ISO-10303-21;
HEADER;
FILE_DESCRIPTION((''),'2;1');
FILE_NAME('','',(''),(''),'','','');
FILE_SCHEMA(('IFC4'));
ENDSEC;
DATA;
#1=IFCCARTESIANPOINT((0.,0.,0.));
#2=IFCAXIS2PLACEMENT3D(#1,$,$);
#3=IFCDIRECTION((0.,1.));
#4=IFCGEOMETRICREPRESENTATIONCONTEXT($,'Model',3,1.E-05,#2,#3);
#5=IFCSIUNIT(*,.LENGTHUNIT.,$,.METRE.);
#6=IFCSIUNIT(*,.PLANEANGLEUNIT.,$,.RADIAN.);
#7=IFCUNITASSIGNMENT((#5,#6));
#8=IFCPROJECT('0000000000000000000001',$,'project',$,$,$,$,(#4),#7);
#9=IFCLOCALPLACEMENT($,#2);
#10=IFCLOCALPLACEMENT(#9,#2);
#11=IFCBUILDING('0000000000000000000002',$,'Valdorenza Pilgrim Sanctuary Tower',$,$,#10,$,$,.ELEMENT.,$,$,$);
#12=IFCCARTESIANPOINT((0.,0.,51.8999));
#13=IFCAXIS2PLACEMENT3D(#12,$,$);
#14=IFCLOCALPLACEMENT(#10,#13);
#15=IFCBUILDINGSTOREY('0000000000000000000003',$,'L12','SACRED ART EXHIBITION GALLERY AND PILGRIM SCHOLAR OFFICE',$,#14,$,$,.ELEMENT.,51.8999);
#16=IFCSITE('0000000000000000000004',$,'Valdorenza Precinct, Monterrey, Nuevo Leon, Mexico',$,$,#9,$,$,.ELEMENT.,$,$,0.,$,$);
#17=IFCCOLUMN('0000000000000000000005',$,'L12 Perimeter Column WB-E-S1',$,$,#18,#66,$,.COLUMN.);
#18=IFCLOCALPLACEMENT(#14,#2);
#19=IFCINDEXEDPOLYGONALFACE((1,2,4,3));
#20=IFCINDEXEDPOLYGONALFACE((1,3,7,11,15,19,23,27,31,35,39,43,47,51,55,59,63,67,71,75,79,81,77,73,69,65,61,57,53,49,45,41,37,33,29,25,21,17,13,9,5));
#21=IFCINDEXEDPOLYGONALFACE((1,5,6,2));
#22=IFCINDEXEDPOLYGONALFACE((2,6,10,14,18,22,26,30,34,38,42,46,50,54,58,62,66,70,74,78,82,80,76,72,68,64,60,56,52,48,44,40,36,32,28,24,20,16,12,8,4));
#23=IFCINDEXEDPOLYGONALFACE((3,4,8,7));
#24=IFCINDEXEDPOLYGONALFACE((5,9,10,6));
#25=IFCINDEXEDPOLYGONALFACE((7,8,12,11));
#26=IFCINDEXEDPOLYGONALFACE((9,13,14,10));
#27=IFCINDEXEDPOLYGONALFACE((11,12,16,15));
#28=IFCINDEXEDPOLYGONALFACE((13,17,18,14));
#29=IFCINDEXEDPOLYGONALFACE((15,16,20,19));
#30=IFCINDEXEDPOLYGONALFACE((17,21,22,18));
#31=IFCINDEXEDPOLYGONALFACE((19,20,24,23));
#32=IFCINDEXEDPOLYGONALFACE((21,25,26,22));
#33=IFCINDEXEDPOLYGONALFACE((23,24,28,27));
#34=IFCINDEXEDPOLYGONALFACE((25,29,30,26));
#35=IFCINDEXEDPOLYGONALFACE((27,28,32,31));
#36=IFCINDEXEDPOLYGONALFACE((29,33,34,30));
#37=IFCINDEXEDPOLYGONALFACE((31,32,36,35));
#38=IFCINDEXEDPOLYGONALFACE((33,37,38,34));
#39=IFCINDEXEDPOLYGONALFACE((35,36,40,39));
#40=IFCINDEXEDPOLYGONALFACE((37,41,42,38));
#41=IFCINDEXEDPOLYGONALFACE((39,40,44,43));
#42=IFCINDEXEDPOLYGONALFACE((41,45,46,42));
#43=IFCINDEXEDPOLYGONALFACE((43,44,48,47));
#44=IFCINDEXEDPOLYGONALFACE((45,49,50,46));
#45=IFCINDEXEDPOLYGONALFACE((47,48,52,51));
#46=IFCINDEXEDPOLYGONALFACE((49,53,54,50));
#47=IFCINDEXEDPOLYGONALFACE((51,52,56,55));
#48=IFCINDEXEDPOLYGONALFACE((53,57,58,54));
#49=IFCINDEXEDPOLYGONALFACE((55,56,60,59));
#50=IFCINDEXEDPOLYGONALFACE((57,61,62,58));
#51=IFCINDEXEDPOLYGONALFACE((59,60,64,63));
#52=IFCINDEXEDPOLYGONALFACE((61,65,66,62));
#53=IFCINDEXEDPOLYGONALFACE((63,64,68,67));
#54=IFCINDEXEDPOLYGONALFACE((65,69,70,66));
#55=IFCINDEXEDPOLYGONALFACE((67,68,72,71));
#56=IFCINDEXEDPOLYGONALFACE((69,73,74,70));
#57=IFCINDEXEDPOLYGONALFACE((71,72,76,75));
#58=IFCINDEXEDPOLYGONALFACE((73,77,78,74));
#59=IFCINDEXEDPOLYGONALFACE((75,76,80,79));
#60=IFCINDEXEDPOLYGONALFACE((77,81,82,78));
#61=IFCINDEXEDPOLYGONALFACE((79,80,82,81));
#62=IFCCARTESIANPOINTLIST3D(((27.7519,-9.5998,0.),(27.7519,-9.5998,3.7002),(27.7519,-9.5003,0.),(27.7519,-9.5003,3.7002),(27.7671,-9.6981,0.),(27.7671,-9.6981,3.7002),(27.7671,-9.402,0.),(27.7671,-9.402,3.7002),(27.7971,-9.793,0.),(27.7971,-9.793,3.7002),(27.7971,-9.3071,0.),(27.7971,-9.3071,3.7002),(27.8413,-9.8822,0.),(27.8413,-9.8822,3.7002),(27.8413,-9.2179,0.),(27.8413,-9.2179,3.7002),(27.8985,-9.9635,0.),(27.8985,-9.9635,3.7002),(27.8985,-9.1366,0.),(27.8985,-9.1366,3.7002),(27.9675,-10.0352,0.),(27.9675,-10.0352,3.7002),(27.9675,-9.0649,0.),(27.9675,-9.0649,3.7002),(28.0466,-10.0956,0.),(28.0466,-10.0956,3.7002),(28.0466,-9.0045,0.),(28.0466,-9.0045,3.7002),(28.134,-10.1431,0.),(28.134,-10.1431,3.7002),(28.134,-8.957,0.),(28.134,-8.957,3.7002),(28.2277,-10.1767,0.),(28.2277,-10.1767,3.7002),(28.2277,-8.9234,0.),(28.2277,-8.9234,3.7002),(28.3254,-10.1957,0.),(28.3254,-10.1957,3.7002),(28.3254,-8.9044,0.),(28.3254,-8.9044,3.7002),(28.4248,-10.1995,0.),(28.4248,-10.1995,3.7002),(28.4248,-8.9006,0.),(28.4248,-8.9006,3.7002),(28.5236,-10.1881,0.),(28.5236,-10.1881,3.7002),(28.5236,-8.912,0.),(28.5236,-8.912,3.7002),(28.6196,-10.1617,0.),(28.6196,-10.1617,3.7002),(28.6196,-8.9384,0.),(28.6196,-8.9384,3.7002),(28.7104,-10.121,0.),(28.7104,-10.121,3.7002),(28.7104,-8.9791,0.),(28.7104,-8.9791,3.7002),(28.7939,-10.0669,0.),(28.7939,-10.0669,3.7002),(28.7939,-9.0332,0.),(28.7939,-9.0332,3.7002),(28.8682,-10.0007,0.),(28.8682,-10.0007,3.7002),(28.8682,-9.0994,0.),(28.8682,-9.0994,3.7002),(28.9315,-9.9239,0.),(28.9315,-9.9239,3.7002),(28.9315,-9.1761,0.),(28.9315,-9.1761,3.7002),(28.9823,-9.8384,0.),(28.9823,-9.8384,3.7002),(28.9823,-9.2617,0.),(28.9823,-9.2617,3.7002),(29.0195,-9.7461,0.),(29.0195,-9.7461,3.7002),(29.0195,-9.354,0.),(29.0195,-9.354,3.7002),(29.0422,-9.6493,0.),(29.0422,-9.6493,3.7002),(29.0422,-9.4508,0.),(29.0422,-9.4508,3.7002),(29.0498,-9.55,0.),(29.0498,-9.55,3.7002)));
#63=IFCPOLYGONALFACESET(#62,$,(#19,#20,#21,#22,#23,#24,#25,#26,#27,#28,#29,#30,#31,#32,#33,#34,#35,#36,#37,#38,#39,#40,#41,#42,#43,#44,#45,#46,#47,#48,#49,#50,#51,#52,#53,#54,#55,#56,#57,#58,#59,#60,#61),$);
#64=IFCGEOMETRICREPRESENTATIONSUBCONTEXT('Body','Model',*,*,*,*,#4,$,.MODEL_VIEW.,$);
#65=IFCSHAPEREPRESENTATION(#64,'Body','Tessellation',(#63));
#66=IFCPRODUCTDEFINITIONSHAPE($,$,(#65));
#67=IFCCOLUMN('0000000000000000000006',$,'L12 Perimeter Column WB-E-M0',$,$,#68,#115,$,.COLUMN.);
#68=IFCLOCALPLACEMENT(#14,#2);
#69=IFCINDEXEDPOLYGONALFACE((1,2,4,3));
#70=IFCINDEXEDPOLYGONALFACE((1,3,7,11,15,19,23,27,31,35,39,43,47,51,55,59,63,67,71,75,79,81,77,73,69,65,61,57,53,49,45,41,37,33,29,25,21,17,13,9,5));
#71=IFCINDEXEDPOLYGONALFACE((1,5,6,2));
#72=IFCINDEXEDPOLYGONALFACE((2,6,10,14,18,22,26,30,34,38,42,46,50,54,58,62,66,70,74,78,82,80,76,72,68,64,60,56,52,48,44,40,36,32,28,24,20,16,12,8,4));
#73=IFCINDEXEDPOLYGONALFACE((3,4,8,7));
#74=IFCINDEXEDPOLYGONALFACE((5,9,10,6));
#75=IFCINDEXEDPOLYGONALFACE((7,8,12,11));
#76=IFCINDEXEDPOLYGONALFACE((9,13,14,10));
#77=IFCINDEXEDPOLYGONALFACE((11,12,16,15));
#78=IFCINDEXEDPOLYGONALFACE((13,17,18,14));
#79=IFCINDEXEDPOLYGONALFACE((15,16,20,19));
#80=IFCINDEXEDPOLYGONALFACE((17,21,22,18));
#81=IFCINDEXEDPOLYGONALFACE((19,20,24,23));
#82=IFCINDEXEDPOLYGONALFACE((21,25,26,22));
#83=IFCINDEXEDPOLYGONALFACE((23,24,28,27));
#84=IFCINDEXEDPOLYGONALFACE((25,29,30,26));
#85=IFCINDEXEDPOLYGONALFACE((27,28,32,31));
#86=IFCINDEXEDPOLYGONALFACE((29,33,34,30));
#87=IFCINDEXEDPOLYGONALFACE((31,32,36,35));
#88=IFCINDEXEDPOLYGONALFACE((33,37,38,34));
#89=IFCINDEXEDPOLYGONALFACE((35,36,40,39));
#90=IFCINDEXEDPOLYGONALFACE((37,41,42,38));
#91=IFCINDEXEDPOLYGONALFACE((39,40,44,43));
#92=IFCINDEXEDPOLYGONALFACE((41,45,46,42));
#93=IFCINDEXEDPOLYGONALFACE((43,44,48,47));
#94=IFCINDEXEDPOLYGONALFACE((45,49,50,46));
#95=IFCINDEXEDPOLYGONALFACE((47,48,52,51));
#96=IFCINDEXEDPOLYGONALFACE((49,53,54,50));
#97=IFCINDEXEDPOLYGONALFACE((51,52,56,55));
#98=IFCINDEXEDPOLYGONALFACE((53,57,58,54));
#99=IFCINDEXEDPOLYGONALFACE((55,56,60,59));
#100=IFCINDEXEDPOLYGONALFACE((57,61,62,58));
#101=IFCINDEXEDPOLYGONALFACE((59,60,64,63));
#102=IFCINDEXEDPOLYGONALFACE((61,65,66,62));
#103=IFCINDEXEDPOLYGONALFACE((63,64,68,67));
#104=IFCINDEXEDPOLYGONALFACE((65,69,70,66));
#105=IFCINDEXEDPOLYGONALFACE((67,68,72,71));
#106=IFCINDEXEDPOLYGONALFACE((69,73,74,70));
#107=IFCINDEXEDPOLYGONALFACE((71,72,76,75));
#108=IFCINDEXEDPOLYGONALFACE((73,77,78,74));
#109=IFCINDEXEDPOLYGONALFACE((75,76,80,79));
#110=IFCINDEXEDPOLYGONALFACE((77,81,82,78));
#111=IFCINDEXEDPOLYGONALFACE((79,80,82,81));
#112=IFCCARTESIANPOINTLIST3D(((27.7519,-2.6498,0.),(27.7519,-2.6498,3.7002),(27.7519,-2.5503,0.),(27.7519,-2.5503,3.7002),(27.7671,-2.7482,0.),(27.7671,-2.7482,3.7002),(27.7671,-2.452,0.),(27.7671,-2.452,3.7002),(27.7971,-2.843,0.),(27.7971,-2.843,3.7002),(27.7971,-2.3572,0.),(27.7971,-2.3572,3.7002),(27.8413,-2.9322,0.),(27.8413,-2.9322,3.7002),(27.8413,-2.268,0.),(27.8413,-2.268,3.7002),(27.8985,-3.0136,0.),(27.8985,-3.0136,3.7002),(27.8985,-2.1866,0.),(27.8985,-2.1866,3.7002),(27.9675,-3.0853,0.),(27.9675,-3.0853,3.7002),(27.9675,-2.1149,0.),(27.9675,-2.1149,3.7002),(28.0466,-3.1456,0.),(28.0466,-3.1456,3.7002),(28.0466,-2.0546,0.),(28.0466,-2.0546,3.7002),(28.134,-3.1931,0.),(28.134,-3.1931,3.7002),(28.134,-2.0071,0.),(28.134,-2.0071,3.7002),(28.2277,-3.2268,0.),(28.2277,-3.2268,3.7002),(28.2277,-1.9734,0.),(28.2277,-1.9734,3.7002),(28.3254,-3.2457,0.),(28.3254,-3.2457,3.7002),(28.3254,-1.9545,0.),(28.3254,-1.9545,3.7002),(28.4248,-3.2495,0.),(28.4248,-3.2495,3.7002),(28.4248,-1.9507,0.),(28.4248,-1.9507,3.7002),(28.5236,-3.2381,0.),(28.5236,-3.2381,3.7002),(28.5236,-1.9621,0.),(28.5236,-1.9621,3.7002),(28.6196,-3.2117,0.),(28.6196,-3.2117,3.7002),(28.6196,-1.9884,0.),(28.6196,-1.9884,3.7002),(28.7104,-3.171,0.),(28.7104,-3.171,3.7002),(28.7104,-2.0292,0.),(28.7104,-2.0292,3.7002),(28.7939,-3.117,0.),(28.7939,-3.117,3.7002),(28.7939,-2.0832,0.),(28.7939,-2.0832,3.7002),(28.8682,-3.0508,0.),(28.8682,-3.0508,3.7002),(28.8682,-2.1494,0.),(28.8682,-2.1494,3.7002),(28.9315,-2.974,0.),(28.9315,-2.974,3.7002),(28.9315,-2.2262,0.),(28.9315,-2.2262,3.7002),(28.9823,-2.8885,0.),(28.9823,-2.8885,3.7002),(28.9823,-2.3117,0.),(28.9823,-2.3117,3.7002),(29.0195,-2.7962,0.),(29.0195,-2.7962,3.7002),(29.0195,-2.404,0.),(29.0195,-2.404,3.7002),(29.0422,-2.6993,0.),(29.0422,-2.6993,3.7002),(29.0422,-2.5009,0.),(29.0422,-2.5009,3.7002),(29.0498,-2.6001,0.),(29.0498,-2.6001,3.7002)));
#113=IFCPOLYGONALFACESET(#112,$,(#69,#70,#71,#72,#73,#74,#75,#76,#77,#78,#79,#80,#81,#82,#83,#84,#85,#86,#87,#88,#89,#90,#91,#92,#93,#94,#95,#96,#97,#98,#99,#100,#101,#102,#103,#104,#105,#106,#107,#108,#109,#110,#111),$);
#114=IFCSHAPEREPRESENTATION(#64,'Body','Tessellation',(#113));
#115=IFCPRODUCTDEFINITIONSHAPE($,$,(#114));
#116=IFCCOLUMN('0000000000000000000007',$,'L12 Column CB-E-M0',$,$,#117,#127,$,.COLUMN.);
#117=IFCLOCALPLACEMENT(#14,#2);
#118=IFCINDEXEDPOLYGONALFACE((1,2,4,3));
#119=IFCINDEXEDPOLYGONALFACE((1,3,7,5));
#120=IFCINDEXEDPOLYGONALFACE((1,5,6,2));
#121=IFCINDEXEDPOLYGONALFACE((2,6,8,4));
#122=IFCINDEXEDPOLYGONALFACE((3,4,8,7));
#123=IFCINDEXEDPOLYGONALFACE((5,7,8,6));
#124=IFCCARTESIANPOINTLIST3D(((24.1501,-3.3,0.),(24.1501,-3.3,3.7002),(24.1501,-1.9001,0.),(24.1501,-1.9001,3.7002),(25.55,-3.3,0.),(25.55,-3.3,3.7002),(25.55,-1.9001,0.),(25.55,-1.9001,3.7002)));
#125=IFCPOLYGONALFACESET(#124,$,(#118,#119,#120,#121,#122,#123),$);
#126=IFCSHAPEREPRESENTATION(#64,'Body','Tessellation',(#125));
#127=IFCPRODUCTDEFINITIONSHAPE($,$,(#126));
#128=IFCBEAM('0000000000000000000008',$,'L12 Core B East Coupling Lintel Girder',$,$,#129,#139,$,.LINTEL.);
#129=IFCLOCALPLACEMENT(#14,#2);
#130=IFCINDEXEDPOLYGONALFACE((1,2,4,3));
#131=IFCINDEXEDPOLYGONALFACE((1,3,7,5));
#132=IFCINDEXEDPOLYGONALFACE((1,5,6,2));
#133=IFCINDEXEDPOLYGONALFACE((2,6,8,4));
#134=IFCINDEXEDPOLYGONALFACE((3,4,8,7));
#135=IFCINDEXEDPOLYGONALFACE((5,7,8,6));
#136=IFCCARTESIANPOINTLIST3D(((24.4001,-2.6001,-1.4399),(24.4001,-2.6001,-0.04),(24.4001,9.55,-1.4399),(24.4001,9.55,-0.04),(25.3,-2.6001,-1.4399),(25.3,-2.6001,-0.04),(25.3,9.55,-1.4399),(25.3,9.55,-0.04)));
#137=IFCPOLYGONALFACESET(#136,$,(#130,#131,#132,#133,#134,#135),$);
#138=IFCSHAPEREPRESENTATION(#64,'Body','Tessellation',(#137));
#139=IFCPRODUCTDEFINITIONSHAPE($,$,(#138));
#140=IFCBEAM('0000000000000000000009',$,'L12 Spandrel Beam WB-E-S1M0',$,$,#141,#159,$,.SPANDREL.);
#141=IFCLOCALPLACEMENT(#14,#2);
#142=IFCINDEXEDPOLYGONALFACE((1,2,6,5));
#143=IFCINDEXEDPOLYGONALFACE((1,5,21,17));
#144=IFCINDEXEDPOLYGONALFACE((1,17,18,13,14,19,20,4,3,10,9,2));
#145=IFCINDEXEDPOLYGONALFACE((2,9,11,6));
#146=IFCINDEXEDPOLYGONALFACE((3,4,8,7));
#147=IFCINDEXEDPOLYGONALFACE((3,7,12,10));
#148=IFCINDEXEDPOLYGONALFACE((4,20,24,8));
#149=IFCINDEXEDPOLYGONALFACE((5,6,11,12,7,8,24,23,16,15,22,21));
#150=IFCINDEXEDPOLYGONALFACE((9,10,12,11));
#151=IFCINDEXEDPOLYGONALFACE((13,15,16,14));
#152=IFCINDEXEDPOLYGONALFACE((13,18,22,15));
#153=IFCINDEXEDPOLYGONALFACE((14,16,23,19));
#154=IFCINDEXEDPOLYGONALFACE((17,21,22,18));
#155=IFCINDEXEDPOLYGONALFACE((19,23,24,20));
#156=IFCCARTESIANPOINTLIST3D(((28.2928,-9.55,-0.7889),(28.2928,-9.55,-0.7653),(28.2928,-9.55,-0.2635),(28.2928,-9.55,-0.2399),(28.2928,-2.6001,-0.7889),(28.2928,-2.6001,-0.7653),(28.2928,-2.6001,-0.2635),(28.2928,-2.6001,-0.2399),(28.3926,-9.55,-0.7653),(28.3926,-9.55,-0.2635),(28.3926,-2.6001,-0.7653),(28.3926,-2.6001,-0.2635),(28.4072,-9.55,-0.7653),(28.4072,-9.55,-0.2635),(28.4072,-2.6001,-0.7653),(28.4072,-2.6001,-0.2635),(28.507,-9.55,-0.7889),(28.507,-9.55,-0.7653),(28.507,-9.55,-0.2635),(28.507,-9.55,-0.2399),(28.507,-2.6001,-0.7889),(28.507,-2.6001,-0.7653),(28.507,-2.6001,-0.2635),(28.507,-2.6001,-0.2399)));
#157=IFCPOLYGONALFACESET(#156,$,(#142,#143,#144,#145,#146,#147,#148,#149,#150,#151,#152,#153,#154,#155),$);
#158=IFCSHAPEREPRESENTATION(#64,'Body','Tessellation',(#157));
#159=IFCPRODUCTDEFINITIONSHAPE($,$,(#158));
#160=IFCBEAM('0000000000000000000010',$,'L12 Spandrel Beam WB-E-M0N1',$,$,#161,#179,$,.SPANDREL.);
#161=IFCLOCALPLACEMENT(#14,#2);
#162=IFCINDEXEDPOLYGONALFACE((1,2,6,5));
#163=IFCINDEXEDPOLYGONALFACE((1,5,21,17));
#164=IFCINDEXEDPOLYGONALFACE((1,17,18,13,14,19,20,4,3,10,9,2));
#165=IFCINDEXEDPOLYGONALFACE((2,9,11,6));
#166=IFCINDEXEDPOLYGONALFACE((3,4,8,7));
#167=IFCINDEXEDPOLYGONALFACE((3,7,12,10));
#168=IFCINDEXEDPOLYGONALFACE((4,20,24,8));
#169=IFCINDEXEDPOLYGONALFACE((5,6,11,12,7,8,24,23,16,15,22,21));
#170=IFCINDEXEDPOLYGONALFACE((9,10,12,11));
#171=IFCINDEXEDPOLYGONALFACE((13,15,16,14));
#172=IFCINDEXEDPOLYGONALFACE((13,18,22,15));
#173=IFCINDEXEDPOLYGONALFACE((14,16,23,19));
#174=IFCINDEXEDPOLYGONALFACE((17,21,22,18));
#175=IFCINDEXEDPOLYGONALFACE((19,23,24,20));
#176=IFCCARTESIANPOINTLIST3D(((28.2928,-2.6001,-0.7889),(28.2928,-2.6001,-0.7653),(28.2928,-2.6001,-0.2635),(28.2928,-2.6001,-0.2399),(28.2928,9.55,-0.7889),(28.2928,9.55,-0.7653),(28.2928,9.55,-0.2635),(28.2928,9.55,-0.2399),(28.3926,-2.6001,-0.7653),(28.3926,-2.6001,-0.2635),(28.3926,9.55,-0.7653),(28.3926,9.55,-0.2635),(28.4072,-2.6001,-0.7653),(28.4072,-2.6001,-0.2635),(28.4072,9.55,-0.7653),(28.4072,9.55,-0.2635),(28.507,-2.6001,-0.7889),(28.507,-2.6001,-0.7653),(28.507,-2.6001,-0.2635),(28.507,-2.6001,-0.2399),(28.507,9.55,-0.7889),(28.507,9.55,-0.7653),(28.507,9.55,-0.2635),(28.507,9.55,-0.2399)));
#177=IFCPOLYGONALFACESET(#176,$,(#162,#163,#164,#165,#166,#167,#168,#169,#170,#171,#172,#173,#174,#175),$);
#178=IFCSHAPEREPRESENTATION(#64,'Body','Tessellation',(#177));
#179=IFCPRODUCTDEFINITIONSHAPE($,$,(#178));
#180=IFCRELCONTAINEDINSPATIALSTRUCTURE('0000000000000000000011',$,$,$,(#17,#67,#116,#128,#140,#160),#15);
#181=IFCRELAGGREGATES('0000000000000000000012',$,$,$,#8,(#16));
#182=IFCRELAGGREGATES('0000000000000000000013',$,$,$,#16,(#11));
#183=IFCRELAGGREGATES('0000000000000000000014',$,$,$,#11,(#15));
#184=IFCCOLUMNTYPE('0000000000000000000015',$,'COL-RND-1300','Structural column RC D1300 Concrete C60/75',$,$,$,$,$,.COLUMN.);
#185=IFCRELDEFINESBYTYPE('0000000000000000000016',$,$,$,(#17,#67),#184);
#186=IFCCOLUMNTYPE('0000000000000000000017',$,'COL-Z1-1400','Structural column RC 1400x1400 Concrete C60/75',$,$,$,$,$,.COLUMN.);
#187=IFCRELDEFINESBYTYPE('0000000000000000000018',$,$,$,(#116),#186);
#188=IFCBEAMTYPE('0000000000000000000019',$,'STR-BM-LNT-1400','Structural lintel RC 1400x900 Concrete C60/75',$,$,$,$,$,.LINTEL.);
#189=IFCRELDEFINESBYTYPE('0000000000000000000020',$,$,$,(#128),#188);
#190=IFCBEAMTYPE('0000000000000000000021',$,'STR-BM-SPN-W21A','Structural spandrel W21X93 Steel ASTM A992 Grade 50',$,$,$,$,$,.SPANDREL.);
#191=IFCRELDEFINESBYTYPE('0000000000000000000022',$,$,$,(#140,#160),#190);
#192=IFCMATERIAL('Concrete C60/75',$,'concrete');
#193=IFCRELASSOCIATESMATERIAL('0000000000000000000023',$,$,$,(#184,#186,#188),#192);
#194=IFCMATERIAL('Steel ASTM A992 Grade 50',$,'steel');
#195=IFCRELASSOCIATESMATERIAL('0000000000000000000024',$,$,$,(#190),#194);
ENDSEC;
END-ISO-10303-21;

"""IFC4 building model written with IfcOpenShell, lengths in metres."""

from ifc_helpers import new_model, si_unit, direction, frame, origin, origin_2d, place, context, subcontext, project, spatial, rectangle, circle, i_section, extrude, source, transform, mapped, material, material_profile, profile_set, type_object, element, save


model = new_model("IFC4")

# Units and contexts
model_context = context("Model", 3, precision=1e-05, world=origin(), true_north=direction((0.0, 1.0)))
body_context = subcontext(model_context, "Body", "Model", "MODEL_VIEW")
ifc_project = project(units=[si_unit("LENGTHUNIT", "METRE"), si_unit("PLANEANGLEUNIT", "RADIAN")], contexts=[model_context])

# Site, building, storey
site_placement = place(None, origin())
site = spatial("IfcSite", under=ifc_project, at=site_placement, Name="Valdorenza Precinct, Monterrey, Nuevo Leon, Mexico", CompositionType="ELEMENT", RefElevation=0.0)
building_placement = place(site_placement, origin())
building = spatial("IfcBuilding", under=site, at=building_placement, Name="Valdorenza Pilgrim Sanctuary Tower", CompositionType="ELEMENT")
storey_placement = place(building_placement, frame((0.0, 0.0, 51.8999)))
storey = spatial("IfcBuildingStorey", under=building, at=storey_placement, Name="L12", Description="SACRED ART EXHIBITION GALLERY AND PILGRIM SCHOLAR OFFICE", CompositionType="ELEMENT", Elevation=51.8999)

# Columns
ifc_material_1 = material(Name="Concrete C60/75", Category="concrete")
ifc_material_profile_1 = material_profile(ifc_material_1, circle(Radius=0.6499, at=origin_2d()), Name="RC D1300")
ifc_profile_set_1 = profile_set([ifc_material_profile_1], Name="Concrete C60/75")
column_type_1 = type_object("IfcColumnType", Name="COL-RND-1300", Description="Structural column RC D1300 Concrete C60/75", PredefinedType="COLUMN", material=ifc_profile_set_1)
shared_shape_1 = source(origin(), body_context, "Body", "SweptSolid", [
    extrude(circle(Radius=0.6499, at=origin_2d()), origin(), (0.0, 0.0, 1.0), 3.7002),
])
for number, where, z_axis, x_axis, name in (
    (1, (28.3999, -9.55, 0.0), (0.0, 0.0, 1.0), (1.0, 0.0, 0.0), "L12 Perimeter Column WB-E-S1"),
    (2, (28.3999, -2.6001, 0.0), (0.0, 0.0, 1.0), (1.0, 0.0, 0.0), "L12 Perimeter Column WB-E-M0"),
):
    element("IfcColumn", number, at=place(storey_placement, frame(where, z_axis=z_axis, x_axis=x_axis)), inside=storey, type_object=column_type_1, Name=name, PredefinedType="COLUMN", context=body_context, shape_type="MappedRepresentation", body=[
        mapped(shared_shape_1, transform((0.0, 0.0, 0.0), x_axis=(1.0, 0.0, 0.0), y_axis=(0.0, 1.0, 0.0), z_axis=(0.0, 0.0, 1.0), scale=1.0)),
    ])
ifc_material_profile_2 = material_profile(ifc_material_1, rectangle(XDim=1.3999, YDim=1.3999, at=origin_2d()), Name="RC 1400x1400")
ifc_profile_set_2 = profile_set([ifc_material_profile_2], Name="Concrete C60/75")
column_type_2 = type_object("IfcColumnType", Name="COL-Z1-1400", Description="Structural column RC 1400x1400 Concrete C60/75", PredefinedType="COLUMN", material=ifc_profile_set_2)
shared_shape_2 = source(origin(), body_context, "Body", "SweptSolid", [
    extrude(rectangle(XDim=1.3999, YDim=1.3999, at=origin_2d()), origin(), (0.0, 0.0, 1.0), 3.7002),
])
column_placement = place(storey_placement, frame((24.8501, -2.6001, 0.0), z_axis=(0.0, 0.0, 1.0), x_axis=(1.0, 0.0, 0.0)))
element("IfcColumn", 3, at=column_placement, inside=storey, type_object=column_type_2, Name="L12 Column CB-E-M0", PredefinedType="COLUMN", context=body_context, shape_type="MappedRepresentation", body=[
    mapped(shared_shape_2, transform((0.0, 0.0, 0.0), x_axis=(1.0, 0.0, 0.0), y_axis=(0.0, 1.0, 0.0), z_axis=(0.0, 0.0, 1.0), scale=1.0)),
])

# Beams
ifc_material_profile_3 = material_profile(ifc_material_1, rectangle(XDim=0.8999, YDim=1.3999, at=origin_2d()), Name="RC 1400x900")
ifc_profile_set_3 = profile_set([ifc_material_profile_3], Name="Concrete C60/75")
beam_type_1 = type_object("IfcBeamType", Name="STR-BM-LNT-1400", Description="Structural lintel RC 1400x900 Concrete C60/75", PredefinedType="LINTEL", material=ifc_profile_set_3)
shared_shape_3 = source(origin(), body_context, "Body", "SweptSolid", [
    extrude(rectangle(XDim=0.8999, YDim=1.3999, at=origin_2d()), origin(), (0.0, 0.0, 1.0), 12.1501),
])
beam_1_placement = place(storey_placement, frame((24.8501, -2.6001, -0.74), z_axis=(0.0, 1.0, 0.0), x_axis=(-1.0, 0.0, 0.0)))
element("IfcBeam", 4, at=beam_1_placement, inside=storey, type_object=beam_type_1, Name="L12 Core B East Coupling Lintel Girder", PredefinedType="LINTEL", context=body_context, shape_type="MappedRepresentation", body=[
    mapped(shared_shape_3, transform((0.0, 0.0, 0.0), x_axis=(1.0, 0.0, 0.0), y_axis=(0.0, 1.0, 0.0), z_axis=(0.0, 0.0, 1.0), scale=1.0)),
])
ifc_material_2 = material(Name="Steel ASTM A992 Grade 50", Category="steel")
ifc_material_profile_4 = material_profile(ifc_material_2, i_section(OverallWidth=0.2141, OverallDepth=0.5491, WebThickness=0.0146, FlangeThickness=0.0237, at=origin_2d()), Name="W21X93")
ifc_profile_set_4 = profile_set([ifc_material_profile_4], Name="Steel ASTM A992 Grade 50")
beam_type_2 = type_object("IfcBeamType", Name="STR-BM-SPN-W21A", Description="Structural spandrel W21X93 Steel ASTM A992 Grade 50", PredefinedType="SPANDREL", material=ifc_profile_set_4)
shared_shape_4 = source(origin(), body_context, "Body", "SweptSolid", [
    extrude(i_section(OverallWidth=0.2141, OverallDepth=0.5491, WebThickness=0.0146, FlangeThickness=0.0237, at=origin_2d()), origin(), (0.0, 0.0, 1.0), 6.95),
])
beam_2_placement = place(storey_placement, frame((28.3999, -9.55, -0.5144), z_axis=(0.0, 1.0, 0.0), x_axis=(-1.0, 0.0, 0.0)))
element("IfcBeam", 5, at=beam_2_placement, inside=storey, type_object=beam_type_2, Name="L12 Spandrel Beam WB-E-S1M0", PredefinedType="SPANDREL", context=body_context, shape_type="MappedRepresentation", body=[
    mapped(shared_shape_4, transform((0.0, 0.0, 0.0), x_axis=(1.0, 0.0, 0.0), y_axis=(0.0, 1.0, 0.0), z_axis=(0.0, 0.0, 1.0), scale=1.0)),
])
shared_shape_5 = source(origin(), body_context, "Body", "SweptSolid", [
    extrude(i_section(OverallWidth=0.2141, OverallDepth=0.5491, WebThickness=0.0146, FlangeThickness=0.0237, at=origin_2d()), origin(), (0.0, 0.0, 1.0), 12.1501),
])
beam_3_placement = place(storey_placement, frame((28.3999, -2.6001, -0.5144), z_axis=(0.0, 1.0, 0.0), x_axis=(-1.0, 0.0, 0.0)))
element("IfcBeam", 6, at=beam_3_placement, inside=storey, type_object=beam_type_2, Name="L12 Spandrel Beam WB-E-M0N1", PredefinedType="SPANDREL", context=body_context, shape_type="MappedRepresentation", body=[
    mapped(shared_shape_5, transform((0.0, 0.0, 0.0), x_axis=(1.0, 0.0, 0.0), y_axis=(0.0, 1.0, 0.0), z_axis=(0.0, 0.0, 1.0), scale=1.0)),
])

save(model, "model.ifc")
